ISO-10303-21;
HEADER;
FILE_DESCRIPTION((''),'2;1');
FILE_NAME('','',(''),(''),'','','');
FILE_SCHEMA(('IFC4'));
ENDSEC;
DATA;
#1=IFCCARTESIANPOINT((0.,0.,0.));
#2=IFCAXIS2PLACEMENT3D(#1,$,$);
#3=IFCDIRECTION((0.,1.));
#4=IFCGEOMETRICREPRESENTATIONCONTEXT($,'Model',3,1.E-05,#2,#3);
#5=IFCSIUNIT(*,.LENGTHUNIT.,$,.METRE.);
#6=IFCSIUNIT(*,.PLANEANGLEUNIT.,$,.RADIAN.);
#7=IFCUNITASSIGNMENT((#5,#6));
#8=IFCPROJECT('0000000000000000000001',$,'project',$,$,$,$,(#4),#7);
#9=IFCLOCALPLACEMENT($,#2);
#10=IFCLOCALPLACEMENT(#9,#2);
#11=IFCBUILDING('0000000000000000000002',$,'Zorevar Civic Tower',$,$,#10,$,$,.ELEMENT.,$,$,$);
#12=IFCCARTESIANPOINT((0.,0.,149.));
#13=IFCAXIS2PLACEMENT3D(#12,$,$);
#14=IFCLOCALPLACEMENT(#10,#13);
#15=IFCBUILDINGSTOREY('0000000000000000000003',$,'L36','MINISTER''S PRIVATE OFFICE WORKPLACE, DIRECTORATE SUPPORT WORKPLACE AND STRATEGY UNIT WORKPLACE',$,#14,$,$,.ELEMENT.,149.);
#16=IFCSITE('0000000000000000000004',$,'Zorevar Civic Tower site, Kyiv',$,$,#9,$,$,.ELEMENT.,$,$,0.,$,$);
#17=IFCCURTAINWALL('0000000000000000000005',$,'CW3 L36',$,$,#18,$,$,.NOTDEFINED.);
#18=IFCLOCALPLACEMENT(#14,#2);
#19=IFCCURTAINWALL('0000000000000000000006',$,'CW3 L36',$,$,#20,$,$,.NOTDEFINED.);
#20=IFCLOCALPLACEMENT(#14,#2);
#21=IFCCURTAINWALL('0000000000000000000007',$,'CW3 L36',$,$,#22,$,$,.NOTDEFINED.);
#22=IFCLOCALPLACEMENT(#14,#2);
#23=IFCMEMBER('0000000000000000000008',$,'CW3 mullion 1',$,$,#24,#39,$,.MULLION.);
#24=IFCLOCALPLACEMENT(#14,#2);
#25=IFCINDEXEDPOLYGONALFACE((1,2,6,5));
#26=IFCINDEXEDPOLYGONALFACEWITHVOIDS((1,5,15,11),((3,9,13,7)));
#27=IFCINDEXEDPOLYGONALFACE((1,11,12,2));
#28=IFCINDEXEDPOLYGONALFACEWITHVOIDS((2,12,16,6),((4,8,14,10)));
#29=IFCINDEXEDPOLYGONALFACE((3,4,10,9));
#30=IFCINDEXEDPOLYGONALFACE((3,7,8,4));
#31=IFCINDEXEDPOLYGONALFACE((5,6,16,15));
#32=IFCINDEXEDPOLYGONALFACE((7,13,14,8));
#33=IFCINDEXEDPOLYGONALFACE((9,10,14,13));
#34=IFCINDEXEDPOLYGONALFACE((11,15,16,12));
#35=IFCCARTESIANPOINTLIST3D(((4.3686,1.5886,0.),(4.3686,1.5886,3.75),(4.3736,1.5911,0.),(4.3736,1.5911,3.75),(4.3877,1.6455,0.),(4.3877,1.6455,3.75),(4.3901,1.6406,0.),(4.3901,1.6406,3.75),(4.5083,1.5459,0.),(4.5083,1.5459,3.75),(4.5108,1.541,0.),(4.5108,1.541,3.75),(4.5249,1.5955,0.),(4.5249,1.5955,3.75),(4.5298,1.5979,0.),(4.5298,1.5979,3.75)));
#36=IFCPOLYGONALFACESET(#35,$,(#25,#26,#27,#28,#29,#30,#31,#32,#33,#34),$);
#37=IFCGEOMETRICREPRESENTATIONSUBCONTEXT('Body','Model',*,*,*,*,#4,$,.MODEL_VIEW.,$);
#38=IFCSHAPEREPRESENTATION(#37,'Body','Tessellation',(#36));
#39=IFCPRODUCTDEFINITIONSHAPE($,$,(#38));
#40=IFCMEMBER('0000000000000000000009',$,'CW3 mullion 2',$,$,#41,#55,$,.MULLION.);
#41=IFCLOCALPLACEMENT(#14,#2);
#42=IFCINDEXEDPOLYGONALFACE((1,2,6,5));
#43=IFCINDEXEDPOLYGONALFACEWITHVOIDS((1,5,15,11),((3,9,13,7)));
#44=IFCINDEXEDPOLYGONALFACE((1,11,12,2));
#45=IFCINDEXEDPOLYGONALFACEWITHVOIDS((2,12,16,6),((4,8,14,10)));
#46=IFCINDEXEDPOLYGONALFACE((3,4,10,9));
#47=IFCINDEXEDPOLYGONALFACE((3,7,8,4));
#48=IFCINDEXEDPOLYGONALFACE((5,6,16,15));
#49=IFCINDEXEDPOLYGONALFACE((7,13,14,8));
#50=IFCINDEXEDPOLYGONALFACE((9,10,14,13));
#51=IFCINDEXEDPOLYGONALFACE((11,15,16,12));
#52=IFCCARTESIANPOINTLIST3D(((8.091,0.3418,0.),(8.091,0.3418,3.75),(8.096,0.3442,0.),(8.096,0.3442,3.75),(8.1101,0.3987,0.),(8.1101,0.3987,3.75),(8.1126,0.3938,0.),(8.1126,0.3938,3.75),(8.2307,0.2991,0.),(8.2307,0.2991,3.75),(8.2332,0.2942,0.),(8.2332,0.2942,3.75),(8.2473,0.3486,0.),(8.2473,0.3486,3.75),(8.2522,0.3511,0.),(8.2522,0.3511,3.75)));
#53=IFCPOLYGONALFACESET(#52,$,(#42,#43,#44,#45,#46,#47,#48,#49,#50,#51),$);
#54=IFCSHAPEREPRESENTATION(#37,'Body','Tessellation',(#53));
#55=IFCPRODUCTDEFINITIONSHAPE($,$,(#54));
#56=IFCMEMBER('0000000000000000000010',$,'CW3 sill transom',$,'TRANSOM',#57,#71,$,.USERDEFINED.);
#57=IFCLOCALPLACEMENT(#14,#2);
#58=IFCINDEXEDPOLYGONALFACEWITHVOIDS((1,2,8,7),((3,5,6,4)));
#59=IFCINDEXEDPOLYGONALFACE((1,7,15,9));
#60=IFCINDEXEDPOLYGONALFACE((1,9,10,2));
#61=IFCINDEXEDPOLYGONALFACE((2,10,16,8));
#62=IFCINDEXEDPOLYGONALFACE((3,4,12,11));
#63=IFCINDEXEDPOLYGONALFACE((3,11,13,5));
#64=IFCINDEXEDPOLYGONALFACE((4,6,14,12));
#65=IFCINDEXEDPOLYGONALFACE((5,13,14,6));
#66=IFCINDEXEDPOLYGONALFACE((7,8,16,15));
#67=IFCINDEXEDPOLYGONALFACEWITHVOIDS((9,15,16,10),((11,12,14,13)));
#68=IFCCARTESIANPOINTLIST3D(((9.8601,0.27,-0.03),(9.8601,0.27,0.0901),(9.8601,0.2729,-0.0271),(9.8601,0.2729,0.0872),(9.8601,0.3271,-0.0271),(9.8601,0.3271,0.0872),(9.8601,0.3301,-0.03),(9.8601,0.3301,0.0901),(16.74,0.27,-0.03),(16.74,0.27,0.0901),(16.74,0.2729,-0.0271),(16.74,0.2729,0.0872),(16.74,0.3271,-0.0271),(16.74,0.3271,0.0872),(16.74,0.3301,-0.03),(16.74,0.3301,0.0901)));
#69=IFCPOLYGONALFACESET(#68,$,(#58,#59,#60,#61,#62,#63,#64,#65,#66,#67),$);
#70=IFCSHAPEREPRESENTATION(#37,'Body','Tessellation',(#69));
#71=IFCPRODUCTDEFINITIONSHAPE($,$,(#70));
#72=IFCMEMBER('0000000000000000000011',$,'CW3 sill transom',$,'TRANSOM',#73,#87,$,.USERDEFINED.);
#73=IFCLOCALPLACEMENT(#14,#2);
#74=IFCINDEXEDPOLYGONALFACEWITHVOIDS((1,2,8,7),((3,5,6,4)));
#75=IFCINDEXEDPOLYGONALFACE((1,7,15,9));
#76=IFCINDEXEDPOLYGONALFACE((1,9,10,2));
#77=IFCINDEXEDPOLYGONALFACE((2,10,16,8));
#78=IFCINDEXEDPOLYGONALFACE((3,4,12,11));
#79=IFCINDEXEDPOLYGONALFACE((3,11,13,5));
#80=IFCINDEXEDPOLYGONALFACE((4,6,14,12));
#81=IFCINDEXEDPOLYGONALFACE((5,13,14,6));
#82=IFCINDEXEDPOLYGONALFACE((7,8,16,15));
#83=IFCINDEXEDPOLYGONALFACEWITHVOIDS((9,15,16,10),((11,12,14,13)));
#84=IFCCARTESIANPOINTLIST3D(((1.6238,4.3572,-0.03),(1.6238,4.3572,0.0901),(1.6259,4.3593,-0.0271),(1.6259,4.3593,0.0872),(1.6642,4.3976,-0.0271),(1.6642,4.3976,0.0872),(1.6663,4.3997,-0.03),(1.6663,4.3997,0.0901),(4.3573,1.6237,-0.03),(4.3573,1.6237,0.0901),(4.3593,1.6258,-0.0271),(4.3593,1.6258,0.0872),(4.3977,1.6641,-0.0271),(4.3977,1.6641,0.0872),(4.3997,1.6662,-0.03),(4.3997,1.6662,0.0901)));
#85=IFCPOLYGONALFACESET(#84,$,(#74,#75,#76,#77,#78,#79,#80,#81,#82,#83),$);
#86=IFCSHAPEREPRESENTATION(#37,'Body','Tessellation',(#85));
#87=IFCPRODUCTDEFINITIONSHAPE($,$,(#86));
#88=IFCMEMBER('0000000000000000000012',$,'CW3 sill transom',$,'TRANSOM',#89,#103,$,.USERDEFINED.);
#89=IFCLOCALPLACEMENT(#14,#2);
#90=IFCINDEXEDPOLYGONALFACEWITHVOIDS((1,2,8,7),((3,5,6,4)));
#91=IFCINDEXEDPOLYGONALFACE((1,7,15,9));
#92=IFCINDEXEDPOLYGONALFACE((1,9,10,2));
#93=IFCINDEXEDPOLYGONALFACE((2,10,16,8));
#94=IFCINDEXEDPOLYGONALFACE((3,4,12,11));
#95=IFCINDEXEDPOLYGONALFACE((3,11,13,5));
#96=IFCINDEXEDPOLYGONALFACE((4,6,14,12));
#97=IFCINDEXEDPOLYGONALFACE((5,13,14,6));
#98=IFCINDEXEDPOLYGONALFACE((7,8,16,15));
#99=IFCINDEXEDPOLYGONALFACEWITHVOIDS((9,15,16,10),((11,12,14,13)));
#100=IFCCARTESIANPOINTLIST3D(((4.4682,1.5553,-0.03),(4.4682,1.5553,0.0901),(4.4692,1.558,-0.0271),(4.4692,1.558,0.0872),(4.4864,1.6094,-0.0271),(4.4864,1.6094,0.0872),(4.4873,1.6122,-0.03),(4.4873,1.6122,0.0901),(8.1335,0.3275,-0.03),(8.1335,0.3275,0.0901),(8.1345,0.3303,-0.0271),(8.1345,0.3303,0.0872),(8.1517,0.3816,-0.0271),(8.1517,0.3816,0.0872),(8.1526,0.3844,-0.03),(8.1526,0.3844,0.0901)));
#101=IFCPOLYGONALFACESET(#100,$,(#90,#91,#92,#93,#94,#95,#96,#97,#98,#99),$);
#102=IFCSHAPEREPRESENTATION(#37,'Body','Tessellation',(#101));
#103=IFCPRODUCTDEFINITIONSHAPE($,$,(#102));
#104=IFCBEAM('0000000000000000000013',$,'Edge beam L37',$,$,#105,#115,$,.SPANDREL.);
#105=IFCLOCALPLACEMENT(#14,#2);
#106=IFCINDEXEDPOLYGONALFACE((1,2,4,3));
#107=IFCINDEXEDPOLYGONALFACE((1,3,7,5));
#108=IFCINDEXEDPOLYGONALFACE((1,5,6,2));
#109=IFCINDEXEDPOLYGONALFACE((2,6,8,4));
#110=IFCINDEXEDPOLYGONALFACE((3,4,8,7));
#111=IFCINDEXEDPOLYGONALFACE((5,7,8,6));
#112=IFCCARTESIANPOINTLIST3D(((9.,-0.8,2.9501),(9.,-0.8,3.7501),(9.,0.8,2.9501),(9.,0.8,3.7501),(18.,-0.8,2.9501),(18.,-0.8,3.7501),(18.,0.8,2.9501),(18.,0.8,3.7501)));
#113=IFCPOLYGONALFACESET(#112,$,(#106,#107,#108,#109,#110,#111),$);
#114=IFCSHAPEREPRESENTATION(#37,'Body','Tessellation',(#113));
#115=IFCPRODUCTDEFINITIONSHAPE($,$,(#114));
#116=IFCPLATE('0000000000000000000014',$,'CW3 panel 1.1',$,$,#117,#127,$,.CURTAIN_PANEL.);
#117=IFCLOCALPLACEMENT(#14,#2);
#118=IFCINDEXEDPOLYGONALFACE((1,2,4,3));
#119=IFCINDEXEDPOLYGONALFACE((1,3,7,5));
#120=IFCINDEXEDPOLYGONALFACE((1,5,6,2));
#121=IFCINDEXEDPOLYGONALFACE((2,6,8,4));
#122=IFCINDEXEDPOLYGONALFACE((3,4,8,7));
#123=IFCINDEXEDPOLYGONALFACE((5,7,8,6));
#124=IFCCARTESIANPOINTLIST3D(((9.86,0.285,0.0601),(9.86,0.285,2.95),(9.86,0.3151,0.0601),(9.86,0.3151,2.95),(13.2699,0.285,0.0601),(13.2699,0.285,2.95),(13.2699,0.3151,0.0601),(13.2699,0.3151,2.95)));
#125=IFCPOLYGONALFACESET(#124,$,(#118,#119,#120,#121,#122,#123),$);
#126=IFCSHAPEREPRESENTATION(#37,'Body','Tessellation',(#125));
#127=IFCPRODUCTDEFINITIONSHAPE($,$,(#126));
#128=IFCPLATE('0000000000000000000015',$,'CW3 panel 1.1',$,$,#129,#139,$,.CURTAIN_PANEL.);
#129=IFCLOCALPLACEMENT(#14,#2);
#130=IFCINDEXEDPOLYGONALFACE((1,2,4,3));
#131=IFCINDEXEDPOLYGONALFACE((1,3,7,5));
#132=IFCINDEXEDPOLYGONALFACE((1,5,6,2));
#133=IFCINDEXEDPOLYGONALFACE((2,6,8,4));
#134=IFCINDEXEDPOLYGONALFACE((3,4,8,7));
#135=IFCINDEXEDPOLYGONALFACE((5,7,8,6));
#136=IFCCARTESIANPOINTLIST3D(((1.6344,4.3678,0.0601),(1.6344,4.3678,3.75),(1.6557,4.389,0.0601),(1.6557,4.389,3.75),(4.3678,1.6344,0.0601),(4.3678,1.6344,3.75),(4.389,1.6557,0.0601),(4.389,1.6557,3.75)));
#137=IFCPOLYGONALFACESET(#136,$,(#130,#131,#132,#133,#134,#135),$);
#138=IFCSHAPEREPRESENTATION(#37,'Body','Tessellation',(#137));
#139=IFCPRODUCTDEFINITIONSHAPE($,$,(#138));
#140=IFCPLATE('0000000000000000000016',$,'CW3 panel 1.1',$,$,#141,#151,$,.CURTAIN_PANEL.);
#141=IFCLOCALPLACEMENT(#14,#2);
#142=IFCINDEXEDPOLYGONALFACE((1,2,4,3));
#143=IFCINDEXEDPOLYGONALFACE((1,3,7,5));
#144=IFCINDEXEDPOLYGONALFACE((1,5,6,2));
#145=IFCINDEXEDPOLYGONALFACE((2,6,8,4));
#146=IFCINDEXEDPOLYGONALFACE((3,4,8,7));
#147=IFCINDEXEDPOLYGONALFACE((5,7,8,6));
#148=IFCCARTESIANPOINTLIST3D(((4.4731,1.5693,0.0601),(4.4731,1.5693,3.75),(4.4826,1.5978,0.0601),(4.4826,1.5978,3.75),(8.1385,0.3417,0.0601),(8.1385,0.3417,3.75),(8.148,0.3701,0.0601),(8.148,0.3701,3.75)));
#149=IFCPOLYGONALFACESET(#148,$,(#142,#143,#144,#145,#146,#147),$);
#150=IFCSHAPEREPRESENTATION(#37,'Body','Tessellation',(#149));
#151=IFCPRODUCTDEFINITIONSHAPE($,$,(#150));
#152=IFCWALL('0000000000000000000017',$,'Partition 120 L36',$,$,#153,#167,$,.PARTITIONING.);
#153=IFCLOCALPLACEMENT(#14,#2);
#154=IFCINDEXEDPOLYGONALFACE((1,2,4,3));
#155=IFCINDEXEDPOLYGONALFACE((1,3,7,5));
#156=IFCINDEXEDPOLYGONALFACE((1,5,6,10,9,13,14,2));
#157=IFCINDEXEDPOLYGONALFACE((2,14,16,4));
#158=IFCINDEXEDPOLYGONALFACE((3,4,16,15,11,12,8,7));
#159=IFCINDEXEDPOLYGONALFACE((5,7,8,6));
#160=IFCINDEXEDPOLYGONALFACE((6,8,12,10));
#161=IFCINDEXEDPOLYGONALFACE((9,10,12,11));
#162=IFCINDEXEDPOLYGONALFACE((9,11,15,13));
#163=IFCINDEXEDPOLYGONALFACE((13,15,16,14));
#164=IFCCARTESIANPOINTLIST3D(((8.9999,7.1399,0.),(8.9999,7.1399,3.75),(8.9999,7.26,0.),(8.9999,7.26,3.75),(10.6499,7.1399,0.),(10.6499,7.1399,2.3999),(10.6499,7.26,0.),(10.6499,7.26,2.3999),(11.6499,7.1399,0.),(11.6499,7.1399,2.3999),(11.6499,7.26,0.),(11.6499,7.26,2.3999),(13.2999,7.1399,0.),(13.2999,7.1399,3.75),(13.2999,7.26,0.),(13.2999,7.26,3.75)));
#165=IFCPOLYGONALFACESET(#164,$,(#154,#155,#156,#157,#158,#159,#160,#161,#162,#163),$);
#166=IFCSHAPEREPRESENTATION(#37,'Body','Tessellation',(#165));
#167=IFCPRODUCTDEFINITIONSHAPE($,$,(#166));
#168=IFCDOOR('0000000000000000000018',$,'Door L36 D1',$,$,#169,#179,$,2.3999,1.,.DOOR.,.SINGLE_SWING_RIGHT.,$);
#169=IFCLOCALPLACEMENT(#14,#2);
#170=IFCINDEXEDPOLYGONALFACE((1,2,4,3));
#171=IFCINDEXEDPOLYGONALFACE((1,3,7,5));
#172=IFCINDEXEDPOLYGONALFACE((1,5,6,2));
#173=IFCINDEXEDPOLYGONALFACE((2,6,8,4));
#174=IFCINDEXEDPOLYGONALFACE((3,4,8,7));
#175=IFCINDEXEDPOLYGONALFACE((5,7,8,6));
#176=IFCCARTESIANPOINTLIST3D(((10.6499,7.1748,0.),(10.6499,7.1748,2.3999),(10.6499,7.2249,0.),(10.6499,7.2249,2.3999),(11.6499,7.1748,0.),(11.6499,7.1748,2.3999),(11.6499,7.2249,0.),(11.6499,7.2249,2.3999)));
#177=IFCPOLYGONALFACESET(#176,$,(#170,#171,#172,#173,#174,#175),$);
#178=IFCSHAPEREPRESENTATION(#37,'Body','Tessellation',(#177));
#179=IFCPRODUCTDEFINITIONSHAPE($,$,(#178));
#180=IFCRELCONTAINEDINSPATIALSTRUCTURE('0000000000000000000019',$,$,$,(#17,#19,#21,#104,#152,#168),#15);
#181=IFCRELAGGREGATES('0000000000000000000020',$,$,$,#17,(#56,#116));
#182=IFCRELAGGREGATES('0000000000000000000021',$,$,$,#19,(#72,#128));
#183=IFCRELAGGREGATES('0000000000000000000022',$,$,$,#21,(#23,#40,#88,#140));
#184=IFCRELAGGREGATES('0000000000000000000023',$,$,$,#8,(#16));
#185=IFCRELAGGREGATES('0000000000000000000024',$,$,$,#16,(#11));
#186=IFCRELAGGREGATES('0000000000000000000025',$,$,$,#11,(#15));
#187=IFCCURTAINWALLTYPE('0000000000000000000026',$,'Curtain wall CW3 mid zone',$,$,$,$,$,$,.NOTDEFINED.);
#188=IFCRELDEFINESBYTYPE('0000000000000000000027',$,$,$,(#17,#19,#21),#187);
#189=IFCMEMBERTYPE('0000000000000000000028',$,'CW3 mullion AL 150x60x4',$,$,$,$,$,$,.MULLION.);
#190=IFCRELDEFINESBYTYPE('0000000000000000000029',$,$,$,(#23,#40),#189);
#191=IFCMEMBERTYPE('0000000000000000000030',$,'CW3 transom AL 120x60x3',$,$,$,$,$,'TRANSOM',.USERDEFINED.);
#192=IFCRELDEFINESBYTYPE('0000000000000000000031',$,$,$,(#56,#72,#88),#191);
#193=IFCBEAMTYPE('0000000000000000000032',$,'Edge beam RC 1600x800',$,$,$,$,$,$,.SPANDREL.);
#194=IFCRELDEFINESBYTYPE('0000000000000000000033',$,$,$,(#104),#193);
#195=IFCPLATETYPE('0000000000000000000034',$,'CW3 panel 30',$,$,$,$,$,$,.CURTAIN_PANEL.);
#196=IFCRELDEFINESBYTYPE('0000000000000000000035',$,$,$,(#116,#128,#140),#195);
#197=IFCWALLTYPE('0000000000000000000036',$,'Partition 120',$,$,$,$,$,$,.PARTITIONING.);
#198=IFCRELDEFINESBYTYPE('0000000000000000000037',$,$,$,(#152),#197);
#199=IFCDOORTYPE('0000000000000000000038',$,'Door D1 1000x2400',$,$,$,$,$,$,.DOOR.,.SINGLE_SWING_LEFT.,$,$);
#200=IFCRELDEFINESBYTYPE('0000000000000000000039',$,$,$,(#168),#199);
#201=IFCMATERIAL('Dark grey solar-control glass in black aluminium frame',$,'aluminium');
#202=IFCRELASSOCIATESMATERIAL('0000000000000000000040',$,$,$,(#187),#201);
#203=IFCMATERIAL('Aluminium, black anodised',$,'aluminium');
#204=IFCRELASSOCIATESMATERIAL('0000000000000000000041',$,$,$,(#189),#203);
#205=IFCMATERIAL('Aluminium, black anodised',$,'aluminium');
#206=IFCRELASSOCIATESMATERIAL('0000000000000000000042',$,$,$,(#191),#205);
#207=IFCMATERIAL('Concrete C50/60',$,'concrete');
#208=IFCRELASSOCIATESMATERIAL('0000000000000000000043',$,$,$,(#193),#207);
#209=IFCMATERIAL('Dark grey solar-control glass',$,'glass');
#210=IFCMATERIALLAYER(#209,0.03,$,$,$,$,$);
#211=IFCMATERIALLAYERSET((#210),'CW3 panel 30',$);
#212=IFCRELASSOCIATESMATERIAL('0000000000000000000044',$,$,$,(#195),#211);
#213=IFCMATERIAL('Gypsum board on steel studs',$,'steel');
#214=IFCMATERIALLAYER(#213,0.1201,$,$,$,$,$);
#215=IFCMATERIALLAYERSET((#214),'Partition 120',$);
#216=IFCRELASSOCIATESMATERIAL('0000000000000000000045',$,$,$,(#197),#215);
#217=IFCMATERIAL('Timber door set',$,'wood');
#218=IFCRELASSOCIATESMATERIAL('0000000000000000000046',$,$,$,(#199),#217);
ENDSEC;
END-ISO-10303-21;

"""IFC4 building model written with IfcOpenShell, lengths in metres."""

from ifc_helpers import new_model, si_unit, direction, frame, frame_2d, origin, origin_2d, place, context, subcontext, project, spatial, rectangle, hollow_rectangle, extrude, material, layer, layer_set, material_profile, profile_set, type_object, element, fill, aggregate, save


model = new_model("IFC4")

# Units and contexts
model_context = context("Model", 3, precision=1e-05, world=origin(), true_north=direction((0.0, 1.0)))
body_context = subcontext(model_context, "Body", "Model", "MODEL_VIEW")
ifc_project = project(units=[si_unit("LENGTHUNIT", "METRE"), si_unit("PLANEANGLEUNIT", "RADIAN")], contexts=[model_context])

# Site, building, storey
site_placement = place(None, origin())
site = spatial("IfcSite", under=ifc_project, at=site_placement, Name="Zorevar Civic Tower site, Kyiv", CompositionType="ELEMENT", RefElevation=0.0)
building_placement = place(site_placement, origin())
building = spatial("IfcBuilding", under=site, at=building_placement, Name="Zorevar Civic Tower", CompositionType="ELEMENT")
storey_placement = place(building_placement, frame((0.0, 0.0, 149.0)))
storey = spatial("IfcBuildingStorey", under=building, at=storey_placement, Name="L36", Description="MINISTER'S PRIVATE OFFICE WORKPLACE, DIRECTORATE SUPPORT WORKPLACE AND STRATEGY UNIT WORKPLACE", CompositionType="ELEMENT", Elevation=149.0)

# Curtain wall
ifc_material_1 = material(Name="Dark grey solar-control glass in black aluminium frame", Category="aluminium")
curtain_wall_type = type_object("IfcCurtainWallType", Name="Curtain wall CW3 mid zone", PredefinedType="NOTDEFINED", material=ifc_material_1)
curtain_wall_1_placement = place(storey_placement, origin())
curtain_wall_1 = element("IfcCurtainWall", 1, at=curtain_wall_1_placement, inside=storey, type_object=curtain_wall_type, Name="CW3 L36", PredefinedType="NOTDEFINED")
ifc_material_2 = material(Name="Aluminium, black anodised", Category="aluminium")
ifc_material_profile_1 = material_profile(ifc_material_2, hollow_rectangle(XDim=0.0601, YDim=0.1499, WallThickness=0.0039, at=origin_2d()), Name="AL 150x60x4")
ifc_profile_set_1 = profile_set([ifc_material_profile_1], Name="Aluminium, black anodised")
member_type_1 = type_object("IfcMemberType", Name="CW3 mullion AL 150x60x4", PredefinedType="MULLION", material=ifc_profile_set_1)

# Curtain walls, members
curtain_wall_2_placement = place(storey_placement, origin())
curtain_wall_2 = element("IfcCurtainWall", 2, at=curtain_wall_2_placement, inside=storey, type_object=curtain_wall_type, Name="CW3 L36", PredefinedType="NOTDEFINED")
curtain_wall_3_placement = place(storey_placement, origin())
curtain_wall_3 = element("IfcCurtainWall", 3, at=curtain_wall_3_placement, inside=storey, type_object=curtain_wall_type, Name="CW3 L36", PredefinedType="NOTDEFINED")
member_1_placement = place(storey_placement, frame((4.4492, 1.5933, 0.0), z_axis=(0.0, 0.0, 1.0), x_axis=(0.317593, 0.948227, 0.0)))
member_1 = element("IfcMember", 4, at=member_1_placement, type_object=member_type_1, Name="CW3 mullion 1", PredefinedType="MULLION", context=body_context, shape_type="SweptSolid", body=[
    extrude(hollow_rectangle(XDim=0.0601, YDim=0.1499, WallThickness=0.0039, at=origin_2d()), origin(), (0.0, 0.0, 1.0), 3.75),
])
member_2_placement = place(storey_placement, frame((8.1716, 0.3464, 0.0), z_axis=(0.0, 0.0, 1.0), x_axis=(0.317593, 0.948227, 0.0)))
member_2 = element("IfcMember", 5, at=member_2_placement, type_object=member_type_1, Name="CW3 mullion 2", PredefinedType="MULLION", context=body_context, shape_type="SweptSolid", body=[
    extrude(hollow_rectangle(XDim=0.0601, YDim=0.1499, WallThickness=0.0039, at=origin_2d()), origin(), (0.0, 0.0, 1.0), 3.75),
])

# Members
ifc_material_3 = material(Name="Aluminium, black anodised", Category="aluminium")
ifc_material_profile_2 = material_profile(ifc_material_3, hollow_rectangle(XDim=0.0601, YDim=0.1201, WallThickness=0.0029, at=origin_2d()), Name="AL 120x60x3")
ifc_profile_set_2 = profile_set([ifc_material_profile_2], Name="Aluminium, black anodised")
member_type_2 = type_object("IfcMemberType", Name="CW3 transom AL 120x60x3", ElementType="TRANSOM", PredefinedType="USERDEFINED", material=ifc_profile_set_2)
member_3_placement = place(storey_placement, frame((9.8601, 0.3, 0.03), z_axis=(1.0, 0.0, 0.0), x_axis=(0.0, 1.0, 0.0)))
member_3 = element("IfcMember", 6, at=member_3_placement, type_object=member_type_2, Name="CW3 sill transom", ObjectType="TRANSOM", PredefinedType="USERDEFINED", context=body_context, shape_type="SweptSolid", body=[
    extrude(hollow_rectangle(XDim=0.0601, YDim=0.1201, WallThickness=0.0029, at=origin_2d()), origin(), (0.0, 0.0, 1.0), 6.8799),
])
member_4_placement = place(storey_placement, frame((1.645, 4.3784, 0.03), z_axis=(0.707107, -0.707107, 0.0), x_axis=(0.707107, 0.707107, 0.0)))
member_4 = element("IfcMember", 7, at=member_4_placement, type_object=member_type_2, Name="CW3 sill transom", ObjectType="TRANSOM", PredefinedType="USERDEFINED", context=body_context, shape_type="SweptSolid", body=[
    extrude(hollow_rectangle(XDim=0.0601, YDim=0.1201, WallThickness=0.0029, at=origin_2d()), origin(), (0.0, 0.0, 1.0), 3.8657),
])
member_5_placement = place(storey_placement, frame((4.4778, 1.5837, 0.03), z_axis=(0.948215, -0.31763, 0.0), x_axis=(0.31763, 0.948215, 0.0)))
member_5 = element("IfcMember", 8, at=member_5_placement, type_object=member_type_2, Name="CW3 sill transom", ObjectType="TRANSOM", PredefinedType="USERDEFINED", context=body_context, shape_type="SweptSolid", body=[
    extrude(hollow_rectangle(XDim=0.0601, YDim=0.1201, WallThickness=0.0029, at=origin_2d()), origin(), (0.0, 0.0, 1.0), 3.8655),
])

# Beam
ifc_material_4 = material(Name="Concrete C50/60", Category="concrete")
ifc_material_profile_3 = material_profile(ifc_material_4, rectangle(XDim=1.6001, YDim=0.8, at=origin_2d()), Name="RC 1600x800")
ifc_profile_set_3 = profile_set([ifc_material_profile_3], Name="Concrete C50/60")
beam_type_1 = type_object("IfcBeamType", Name="Edge beam RC 1600x800", PredefinedType="SPANDREL", material=ifc_profile_set_3)
beam_placement = place(storey_placement, frame((9.0, 0.0, 3.3501), z_axis=(1.0, 0.0, 0.0), x_axis=(0.0, 1.0, 0.0)))
element("IfcBeam", 9, at=beam_placement, inside=storey, type_object=beam_type_1, Name="Edge beam L37", PredefinedType="SPANDREL", context=body_context, shape_type="SweptSolid", body=[
    extrude(rectangle(XDim=1.6001, YDim=0.8, at=origin_2d()), origin(), (0.0, 0.0, 1.0), 9.0),
])

# Plates
ifc_material_5 = material(Name="Dark grey solar-control glass", Category="glass")
ifc_layer_1 = layer(ifc_material_5, 0.03)
ifc_layer_set_1 = layer_set([ifc_layer_1], Name="CW3 panel 30")
plate_type = type_object("IfcPlateType", Name="CW3 panel 30", PredefinedType="CURTAIN_PANEL", material=ifc_layer_set_1)
plate_1_placement = place(storey_placement, frame((11.5649, 0.3, 0.0601), z_axis=(0.0, 0.0, 1.0), x_axis=(1.0, 0.0, 0.0)))
plate_1 = element("IfcPlate", 10, at=plate_1_placement, type_object=plate_type, Name="CW3 panel 1.1", PredefinedType="CURTAIN_PANEL", context=body_context, shape_type="SweptSolid", body=[
    extrude(rectangle(XDim=3.4099, YDim=0.03, at=origin_2d()), origin(), (0.0, 0.0, 1.0), 2.8899),
])
aggregate(curtain_wall_1, [member_3, plate_1])
plate_2_placement = place(storey_placement, frame((3.0117, 3.0117, 0.0601), z_axis=(0.0, 0.0, 1.0), x_axis=(0.707107, -0.707107, 0.0)))
plate_2 = element("IfcPlate", 11, at=plate_2_placement, type_object=plate_type, Name="CW3 panel 1.1", PredefinedType="CURTAIN_PANEL", context=body_context, shape_type="SweptSolid", body=[
    extrude(rectangle(XDim=3.8655, YDim=0.03, at=origin_2d()), origin(), (0.0, 0.0, 1.0), 3.6899),
])
aggregate(curtain_wall_2, [member_4, plate_2])
plate_3_placement = place(storey_placement, frame((6.3105, 0.9697, 0.0601), z_axis=(0.0, 0.0, 1.0), x_axis=(0.948227, -0.317593, 0.0)))
plate_3 = element("IfcPlate", 12, at=plate_3_placement, type_object=plate_type, Name="CW3 panel 1.1", PredefinedType="CURTAIN_PANEL", context=body_context, shape_type="SweptSolid", body=[
    extrude(rectangle(XDim=3.8655, YDim=0.03, at=origin_2d()), origin(), (0.0, 0.0, 1.0), 3.6899),
])
aggregate(curtain_wall_3, [member_1, member_2, member_5, plate_3])

# Wall, opening, door
ifc_material_6 = material(Name="Gypsum board on steel studs", Category="steel")
ifc_layer_2 = layer(ifc_material_6, 0.1201)
ifc_layer_set_2 = layer_set([ifc_layer_2], Name="Partition 120")
wall_type = type_object("IfcWallType", Name="Partition 120", PredefinedType="PARTITIONING", material=ifc_layer_set_2)
wall_1_placement = place(storey_placement, frame((9.0, 7.2, 0.0), z_axis=(0.0, 0.0, 1.0), x_axis=(1.0, 0.0, 0.0)))
wall_1 = element("IfcWall", 13, at=wall_1_placement, inside=storey, type_object=wall_type, Name="Partition 120 L36", PredefinedType="PARTITIONING", context=body_context, shape_type="SweptSolid", body=[
    extrude(rectangle(XDim=4.3, YDim=0.1201, at=frame_2d((2.1499, 0.0))), origin(), (0.0, 0.0, 1.0), 3.75),
])
opening_1_placement = place(wall_1_placement, frame((1.6499, 0.0, 0.0)))
opening_1 = element("IfcOpeningElement", 14, at=opening_1_placement, cuts=wall_1, PredefinedType="OPENING", context=body_context, shape_type="SweptSolid", body=[
    extrude(rectangle(XDim=1.0, YDim=2.3999, at=frame_2d((0.5, 1.2))), frame((0.0, 0.0701, 0.0), z_axis=(0.0, -1.0, 0.0), x_axis=(1.0, 0.0, 0.0)), (0.0, 0.0, 1.0), 0.1401),
])
ifc_material_7 = material(Name="Timber door set", Category="wood")
door_type = type_object("IfcDoorType", Name="Door D1 1000x2400", OperationType="SINGLE_SWING_LEFT", PredefinedType="DOOR", material=ifc_material_7)
door_1_placement = place(opening_1_placement, origin())
door_1 = element("IfcDoor", 15, at=door_1_placement, inside=storey, type_object=door_type, Name="Door L36 D1", OperationType="SINGLE_SWING_RIGHT", OverallHeight=2.3999, OverallWidth=1.0, PredefinedType="DOOR", context=body_context, shape_type="SweptSolid", body=[
    extrude(rectangle(XDim=1.0, YDim=2.3999, at=frame_2d((0.5, 1.2))), frame((0.0, 0.0249, 0.0), z_axis=(0.0, -1.0, 0.0), x_axis=(1.0, 0.0, 0.0)), (0.0, 0.0, 1.0), 0.05),
])
fill(opening_1, door_1)

save(model, "model.ifc")
